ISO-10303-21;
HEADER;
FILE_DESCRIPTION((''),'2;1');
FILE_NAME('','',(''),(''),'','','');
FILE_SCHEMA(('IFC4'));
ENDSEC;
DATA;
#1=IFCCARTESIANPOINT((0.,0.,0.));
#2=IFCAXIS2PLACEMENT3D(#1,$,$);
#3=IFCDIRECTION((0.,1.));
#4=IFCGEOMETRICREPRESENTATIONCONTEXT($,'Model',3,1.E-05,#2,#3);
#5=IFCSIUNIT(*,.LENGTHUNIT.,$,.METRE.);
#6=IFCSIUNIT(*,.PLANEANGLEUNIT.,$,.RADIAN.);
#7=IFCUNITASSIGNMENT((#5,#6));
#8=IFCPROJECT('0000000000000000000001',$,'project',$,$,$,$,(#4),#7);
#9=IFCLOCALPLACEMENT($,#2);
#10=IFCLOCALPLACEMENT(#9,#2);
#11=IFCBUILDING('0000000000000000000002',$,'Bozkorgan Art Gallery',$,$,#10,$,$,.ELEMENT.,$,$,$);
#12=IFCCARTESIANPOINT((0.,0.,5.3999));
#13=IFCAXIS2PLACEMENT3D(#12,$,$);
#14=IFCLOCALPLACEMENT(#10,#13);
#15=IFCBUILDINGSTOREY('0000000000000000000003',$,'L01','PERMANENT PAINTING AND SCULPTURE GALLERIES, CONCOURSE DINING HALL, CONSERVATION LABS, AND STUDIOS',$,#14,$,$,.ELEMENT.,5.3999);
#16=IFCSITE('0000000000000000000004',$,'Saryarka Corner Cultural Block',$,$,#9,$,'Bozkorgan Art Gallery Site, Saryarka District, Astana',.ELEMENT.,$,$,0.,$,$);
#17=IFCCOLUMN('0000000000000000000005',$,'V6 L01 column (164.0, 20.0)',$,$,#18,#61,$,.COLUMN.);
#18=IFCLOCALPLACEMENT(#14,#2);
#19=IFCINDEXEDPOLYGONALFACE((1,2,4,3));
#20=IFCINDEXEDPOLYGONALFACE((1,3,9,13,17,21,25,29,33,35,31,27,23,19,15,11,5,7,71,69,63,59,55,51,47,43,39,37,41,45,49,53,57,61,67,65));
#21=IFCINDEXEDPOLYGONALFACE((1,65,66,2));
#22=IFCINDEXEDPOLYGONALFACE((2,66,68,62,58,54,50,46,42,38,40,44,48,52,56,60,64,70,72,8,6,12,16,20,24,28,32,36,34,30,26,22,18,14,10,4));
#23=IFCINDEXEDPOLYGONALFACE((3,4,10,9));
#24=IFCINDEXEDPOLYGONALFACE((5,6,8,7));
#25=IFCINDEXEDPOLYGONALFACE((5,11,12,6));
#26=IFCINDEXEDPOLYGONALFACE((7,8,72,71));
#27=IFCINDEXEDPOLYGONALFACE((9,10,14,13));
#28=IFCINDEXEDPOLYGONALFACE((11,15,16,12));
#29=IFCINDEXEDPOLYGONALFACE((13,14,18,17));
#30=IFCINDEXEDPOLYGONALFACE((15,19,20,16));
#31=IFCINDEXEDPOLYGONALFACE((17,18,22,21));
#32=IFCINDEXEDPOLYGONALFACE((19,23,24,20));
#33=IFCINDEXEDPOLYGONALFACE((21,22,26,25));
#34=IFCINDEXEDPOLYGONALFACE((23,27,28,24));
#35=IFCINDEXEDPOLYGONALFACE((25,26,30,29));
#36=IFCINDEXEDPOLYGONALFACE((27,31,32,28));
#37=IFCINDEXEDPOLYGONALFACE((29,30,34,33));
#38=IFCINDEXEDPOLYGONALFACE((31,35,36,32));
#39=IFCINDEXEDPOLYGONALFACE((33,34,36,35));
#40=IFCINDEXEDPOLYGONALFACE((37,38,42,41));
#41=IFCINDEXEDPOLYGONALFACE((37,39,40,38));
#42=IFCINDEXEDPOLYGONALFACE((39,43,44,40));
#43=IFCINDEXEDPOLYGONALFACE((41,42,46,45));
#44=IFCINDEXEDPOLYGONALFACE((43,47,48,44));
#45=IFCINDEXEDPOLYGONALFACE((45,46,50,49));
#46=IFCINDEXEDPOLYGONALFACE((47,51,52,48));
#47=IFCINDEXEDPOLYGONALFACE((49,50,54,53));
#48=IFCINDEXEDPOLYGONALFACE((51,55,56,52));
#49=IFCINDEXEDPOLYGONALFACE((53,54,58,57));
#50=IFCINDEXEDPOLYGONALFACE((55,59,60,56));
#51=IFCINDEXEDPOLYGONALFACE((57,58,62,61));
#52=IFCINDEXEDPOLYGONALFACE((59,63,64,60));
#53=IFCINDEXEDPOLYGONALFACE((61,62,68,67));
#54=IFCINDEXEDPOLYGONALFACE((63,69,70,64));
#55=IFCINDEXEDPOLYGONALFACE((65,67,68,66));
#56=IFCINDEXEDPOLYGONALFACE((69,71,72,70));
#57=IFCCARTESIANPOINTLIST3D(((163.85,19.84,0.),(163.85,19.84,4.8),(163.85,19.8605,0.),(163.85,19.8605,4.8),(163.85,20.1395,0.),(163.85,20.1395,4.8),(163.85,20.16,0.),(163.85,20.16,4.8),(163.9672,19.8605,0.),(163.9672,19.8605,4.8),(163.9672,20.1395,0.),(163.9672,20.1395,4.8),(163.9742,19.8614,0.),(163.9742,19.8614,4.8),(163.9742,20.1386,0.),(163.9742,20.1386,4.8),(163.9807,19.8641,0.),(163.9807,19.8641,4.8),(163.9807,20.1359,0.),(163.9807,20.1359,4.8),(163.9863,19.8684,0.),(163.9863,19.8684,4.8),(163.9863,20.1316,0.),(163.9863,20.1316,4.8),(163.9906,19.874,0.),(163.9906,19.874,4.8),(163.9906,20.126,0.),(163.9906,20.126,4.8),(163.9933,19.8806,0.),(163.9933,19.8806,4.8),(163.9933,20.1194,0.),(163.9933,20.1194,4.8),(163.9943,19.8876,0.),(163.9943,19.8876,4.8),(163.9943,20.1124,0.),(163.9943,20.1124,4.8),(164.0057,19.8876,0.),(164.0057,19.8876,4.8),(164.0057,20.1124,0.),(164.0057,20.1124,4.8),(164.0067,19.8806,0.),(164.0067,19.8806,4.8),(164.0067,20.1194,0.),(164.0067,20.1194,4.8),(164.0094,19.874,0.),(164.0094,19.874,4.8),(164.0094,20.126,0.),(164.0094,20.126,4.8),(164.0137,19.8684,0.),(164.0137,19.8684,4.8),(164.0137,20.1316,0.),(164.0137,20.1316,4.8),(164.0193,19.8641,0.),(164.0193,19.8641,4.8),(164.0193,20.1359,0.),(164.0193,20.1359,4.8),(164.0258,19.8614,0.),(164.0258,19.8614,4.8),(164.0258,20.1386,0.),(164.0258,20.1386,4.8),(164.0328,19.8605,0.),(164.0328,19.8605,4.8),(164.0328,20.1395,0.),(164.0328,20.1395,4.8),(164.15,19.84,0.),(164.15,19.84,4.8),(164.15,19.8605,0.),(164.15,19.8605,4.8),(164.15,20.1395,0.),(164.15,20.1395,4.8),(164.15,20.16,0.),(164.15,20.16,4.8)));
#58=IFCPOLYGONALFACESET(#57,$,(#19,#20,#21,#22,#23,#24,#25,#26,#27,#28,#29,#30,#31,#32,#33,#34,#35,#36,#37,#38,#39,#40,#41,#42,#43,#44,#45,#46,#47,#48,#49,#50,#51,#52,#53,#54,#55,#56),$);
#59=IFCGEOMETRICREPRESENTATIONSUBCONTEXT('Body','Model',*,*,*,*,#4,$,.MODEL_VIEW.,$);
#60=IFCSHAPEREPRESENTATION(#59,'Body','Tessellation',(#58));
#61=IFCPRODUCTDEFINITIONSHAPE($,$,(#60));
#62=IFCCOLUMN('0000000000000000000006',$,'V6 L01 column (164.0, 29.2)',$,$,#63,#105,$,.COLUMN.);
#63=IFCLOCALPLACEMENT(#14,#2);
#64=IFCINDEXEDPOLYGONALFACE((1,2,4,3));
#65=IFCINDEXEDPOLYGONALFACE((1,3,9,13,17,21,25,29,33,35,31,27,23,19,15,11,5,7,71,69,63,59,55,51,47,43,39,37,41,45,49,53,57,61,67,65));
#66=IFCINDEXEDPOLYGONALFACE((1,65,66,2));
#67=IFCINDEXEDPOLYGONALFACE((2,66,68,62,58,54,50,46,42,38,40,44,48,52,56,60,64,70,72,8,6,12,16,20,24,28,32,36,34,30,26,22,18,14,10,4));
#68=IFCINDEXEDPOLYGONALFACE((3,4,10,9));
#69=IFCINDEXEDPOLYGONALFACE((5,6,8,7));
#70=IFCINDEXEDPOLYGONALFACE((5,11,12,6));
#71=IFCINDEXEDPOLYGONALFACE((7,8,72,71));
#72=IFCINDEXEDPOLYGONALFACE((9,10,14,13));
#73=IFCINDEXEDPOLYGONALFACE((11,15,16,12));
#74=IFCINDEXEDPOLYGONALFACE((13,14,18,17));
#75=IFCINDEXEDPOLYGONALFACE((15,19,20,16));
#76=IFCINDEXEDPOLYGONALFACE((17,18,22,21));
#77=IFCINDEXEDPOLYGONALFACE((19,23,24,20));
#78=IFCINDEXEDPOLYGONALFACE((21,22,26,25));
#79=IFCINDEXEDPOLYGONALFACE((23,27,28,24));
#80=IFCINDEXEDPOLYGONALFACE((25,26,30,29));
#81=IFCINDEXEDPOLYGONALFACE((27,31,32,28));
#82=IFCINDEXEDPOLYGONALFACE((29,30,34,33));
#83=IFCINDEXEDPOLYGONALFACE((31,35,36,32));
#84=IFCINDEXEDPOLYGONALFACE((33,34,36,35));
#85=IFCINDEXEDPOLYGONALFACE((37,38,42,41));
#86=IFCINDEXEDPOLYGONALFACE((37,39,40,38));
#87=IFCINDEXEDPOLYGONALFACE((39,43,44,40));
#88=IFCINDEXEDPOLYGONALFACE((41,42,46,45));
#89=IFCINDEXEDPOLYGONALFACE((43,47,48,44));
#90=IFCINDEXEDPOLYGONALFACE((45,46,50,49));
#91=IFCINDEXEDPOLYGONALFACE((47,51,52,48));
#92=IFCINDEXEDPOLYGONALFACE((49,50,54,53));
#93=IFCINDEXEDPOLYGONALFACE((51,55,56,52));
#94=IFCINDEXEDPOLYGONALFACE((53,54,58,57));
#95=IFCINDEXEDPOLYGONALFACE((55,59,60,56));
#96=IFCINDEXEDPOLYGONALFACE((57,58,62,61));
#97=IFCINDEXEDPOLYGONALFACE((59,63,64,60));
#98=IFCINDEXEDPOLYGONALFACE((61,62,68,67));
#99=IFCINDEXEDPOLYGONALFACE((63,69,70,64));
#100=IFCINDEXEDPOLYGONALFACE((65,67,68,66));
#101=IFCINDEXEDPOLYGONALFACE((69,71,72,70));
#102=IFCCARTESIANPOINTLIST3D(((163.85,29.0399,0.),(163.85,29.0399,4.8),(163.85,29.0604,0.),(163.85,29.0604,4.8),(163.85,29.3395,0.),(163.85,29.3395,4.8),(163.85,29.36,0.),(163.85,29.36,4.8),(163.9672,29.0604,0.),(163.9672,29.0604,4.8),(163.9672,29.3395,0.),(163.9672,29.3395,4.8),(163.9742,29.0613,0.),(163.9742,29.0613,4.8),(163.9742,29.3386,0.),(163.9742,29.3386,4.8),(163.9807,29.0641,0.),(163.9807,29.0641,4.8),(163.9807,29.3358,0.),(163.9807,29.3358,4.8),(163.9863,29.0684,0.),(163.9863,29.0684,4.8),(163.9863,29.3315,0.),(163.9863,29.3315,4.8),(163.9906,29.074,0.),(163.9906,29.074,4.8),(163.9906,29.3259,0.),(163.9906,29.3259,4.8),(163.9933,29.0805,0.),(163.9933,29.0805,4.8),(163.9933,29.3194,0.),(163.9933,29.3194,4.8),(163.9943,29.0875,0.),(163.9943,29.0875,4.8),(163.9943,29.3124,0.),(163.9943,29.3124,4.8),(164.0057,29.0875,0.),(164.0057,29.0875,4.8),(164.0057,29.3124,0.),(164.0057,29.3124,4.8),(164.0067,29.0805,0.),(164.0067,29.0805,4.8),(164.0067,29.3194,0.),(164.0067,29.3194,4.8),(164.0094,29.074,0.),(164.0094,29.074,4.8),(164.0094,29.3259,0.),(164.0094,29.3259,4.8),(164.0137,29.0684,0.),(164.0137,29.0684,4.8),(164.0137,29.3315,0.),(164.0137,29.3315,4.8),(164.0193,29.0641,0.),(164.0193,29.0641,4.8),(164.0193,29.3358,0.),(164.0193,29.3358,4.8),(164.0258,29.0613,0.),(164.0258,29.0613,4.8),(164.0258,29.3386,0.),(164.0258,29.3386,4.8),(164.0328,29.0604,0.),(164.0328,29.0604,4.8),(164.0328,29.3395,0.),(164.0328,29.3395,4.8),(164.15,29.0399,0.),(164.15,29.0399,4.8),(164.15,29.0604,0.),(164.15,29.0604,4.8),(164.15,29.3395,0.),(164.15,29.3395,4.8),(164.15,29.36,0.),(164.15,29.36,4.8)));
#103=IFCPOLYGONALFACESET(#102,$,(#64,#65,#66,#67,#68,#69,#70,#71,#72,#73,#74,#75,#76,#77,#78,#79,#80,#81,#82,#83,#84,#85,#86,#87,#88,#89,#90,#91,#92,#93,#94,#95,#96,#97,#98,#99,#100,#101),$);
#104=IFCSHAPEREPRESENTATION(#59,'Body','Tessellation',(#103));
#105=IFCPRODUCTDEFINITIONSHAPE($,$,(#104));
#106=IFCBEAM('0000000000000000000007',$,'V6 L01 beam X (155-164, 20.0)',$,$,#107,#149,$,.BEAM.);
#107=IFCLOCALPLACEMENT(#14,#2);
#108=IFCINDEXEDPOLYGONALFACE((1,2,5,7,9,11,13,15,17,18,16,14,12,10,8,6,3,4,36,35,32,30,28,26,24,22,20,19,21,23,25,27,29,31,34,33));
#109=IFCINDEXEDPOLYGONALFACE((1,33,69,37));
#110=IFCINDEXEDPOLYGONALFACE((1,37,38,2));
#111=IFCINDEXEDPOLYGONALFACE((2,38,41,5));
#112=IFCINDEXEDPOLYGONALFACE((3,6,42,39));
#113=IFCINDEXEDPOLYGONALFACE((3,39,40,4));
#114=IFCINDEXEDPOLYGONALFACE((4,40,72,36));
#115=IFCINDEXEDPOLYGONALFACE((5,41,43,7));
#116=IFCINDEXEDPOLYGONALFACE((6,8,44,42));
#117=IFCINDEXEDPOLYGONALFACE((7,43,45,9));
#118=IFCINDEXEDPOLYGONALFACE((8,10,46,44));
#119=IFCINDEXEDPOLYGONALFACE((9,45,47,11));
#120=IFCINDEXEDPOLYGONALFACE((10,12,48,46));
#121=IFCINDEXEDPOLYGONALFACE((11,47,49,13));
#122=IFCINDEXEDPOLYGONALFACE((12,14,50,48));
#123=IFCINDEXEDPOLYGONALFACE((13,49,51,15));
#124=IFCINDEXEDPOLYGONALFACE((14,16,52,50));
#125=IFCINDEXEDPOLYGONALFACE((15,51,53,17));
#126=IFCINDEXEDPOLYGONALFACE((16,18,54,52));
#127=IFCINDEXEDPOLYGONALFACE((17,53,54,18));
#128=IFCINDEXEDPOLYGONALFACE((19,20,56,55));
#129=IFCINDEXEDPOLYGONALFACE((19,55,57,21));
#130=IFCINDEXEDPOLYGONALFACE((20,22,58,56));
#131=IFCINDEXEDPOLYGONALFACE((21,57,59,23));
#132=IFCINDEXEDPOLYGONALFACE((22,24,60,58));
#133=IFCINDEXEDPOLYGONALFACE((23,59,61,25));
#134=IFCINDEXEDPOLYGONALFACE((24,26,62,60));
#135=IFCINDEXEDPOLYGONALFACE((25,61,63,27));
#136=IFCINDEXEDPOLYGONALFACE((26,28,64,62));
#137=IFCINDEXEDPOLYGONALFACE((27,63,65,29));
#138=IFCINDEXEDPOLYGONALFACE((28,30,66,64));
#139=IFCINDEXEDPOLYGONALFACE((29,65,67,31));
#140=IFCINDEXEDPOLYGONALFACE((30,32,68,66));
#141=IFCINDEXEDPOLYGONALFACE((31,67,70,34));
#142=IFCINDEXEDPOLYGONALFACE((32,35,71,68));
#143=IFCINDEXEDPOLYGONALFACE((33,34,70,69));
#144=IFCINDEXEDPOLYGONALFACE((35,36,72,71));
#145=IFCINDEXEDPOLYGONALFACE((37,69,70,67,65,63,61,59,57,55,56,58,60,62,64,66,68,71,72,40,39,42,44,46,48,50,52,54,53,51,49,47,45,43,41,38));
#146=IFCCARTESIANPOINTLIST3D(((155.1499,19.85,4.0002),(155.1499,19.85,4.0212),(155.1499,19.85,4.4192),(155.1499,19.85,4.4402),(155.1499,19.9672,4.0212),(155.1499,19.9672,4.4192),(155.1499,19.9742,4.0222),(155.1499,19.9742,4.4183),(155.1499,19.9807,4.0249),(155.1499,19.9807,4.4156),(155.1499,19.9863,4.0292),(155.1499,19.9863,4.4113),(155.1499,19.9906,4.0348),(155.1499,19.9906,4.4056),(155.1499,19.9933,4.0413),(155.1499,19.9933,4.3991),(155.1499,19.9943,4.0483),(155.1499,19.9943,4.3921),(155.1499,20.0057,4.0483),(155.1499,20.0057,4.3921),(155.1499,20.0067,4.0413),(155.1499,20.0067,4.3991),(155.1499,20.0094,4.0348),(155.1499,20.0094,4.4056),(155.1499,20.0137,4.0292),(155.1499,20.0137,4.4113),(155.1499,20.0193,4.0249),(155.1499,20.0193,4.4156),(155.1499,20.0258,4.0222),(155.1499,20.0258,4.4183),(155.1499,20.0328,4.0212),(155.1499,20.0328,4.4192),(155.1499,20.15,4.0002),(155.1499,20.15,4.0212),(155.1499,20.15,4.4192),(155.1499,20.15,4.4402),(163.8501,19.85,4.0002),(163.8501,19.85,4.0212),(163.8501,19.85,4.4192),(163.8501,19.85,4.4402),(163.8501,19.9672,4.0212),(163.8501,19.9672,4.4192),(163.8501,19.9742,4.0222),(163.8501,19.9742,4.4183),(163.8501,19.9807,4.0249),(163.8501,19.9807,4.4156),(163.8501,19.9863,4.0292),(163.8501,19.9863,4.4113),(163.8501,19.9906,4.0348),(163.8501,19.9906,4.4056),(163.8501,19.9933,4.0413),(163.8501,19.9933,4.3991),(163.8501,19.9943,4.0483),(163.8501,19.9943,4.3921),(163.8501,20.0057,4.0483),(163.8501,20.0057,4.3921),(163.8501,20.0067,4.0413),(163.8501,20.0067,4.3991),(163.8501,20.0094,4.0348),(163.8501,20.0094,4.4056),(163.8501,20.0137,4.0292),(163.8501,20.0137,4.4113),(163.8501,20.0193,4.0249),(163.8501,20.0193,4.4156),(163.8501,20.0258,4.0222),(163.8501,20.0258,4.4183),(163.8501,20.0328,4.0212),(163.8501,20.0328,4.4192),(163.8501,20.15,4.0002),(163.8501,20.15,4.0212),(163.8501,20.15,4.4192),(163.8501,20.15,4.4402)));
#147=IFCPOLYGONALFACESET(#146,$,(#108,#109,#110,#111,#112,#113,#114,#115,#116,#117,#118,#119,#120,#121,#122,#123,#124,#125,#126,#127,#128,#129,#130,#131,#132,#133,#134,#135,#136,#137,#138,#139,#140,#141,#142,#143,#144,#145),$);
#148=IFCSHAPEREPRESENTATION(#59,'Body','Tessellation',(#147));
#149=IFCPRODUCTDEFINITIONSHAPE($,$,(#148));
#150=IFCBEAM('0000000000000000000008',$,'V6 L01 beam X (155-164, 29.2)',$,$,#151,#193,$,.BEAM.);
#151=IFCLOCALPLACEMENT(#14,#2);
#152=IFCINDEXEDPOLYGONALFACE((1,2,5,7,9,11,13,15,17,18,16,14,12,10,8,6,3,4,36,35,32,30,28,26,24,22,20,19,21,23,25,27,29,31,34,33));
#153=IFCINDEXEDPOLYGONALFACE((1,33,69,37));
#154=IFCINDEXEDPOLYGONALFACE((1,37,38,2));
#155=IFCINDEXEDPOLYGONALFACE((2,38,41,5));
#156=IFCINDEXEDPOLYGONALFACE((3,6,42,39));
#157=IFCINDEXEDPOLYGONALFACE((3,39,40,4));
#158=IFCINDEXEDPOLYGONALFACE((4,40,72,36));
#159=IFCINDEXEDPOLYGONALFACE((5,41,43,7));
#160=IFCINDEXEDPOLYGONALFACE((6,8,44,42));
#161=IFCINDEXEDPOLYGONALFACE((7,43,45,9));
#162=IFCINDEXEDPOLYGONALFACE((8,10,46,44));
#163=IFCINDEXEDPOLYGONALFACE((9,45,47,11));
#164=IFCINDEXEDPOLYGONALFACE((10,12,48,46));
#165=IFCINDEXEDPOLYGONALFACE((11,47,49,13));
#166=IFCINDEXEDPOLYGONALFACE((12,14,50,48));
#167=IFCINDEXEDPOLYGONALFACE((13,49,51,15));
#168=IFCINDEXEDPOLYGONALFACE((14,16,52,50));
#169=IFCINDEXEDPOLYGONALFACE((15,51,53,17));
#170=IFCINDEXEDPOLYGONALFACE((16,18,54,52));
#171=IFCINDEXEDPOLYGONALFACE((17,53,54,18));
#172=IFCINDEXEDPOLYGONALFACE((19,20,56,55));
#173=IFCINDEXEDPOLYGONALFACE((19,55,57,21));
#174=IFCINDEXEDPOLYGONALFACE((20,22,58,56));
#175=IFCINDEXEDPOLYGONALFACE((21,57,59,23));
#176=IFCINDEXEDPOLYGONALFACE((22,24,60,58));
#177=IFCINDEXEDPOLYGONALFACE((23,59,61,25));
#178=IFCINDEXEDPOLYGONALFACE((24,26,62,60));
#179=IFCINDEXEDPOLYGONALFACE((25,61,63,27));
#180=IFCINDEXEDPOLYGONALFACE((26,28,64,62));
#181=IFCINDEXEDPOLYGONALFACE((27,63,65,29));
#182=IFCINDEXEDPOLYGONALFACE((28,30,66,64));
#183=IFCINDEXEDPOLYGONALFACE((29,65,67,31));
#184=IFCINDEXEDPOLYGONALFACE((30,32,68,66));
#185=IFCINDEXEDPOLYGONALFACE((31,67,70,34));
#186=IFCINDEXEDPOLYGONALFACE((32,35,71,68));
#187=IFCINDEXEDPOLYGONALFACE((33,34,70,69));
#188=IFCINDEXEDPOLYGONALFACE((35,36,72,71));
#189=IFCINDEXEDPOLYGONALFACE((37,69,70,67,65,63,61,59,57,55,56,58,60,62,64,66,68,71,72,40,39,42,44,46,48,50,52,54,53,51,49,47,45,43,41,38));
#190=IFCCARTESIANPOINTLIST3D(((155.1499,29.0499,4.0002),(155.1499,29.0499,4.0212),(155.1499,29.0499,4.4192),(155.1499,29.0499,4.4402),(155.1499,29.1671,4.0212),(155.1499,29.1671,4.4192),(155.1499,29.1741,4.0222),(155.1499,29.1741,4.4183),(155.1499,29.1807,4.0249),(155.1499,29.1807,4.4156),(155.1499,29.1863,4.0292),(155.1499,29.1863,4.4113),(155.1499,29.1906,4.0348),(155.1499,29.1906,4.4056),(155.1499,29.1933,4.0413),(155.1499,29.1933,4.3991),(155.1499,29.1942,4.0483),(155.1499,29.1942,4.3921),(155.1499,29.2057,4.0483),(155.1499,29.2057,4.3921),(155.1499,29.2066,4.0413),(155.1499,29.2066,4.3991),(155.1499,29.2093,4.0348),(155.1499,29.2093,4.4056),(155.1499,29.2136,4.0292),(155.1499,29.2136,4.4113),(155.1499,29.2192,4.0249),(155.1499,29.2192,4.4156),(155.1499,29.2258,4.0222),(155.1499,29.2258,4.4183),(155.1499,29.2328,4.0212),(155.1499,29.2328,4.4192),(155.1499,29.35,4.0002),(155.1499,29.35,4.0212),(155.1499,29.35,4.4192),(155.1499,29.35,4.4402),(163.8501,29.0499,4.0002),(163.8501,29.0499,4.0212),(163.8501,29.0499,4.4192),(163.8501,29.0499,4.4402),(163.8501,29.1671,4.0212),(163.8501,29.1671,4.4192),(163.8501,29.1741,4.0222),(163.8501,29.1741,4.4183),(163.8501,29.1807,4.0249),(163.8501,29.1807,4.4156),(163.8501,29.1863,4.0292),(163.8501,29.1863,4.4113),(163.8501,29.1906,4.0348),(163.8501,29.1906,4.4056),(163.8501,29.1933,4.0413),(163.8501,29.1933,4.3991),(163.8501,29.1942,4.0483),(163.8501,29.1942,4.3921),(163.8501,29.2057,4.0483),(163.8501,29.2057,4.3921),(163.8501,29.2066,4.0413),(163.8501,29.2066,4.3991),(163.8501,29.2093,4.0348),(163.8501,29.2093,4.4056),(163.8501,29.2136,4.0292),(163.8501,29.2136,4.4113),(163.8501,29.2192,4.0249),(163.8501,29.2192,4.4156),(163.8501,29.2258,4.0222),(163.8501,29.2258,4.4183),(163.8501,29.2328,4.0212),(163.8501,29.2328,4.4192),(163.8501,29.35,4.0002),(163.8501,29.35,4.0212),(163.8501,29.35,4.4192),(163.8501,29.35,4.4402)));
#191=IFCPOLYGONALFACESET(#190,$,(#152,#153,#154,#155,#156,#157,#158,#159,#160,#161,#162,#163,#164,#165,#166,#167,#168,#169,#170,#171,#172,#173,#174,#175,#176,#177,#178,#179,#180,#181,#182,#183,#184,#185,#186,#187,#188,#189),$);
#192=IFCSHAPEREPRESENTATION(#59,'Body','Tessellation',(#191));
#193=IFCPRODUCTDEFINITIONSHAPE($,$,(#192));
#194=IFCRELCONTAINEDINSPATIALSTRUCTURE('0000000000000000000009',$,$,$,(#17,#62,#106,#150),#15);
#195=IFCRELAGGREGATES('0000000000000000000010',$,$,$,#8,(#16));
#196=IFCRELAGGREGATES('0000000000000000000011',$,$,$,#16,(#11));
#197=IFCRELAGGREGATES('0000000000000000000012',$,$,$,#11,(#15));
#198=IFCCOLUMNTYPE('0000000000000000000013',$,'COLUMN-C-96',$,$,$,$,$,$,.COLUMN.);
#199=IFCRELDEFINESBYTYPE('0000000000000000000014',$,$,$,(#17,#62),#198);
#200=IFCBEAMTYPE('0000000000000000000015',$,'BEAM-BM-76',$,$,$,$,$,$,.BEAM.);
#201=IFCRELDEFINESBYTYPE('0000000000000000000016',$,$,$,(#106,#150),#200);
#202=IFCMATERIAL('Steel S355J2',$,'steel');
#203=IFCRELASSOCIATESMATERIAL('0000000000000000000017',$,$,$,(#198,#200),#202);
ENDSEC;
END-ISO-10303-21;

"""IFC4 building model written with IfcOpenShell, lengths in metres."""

from ifc_helpers import new_model, si_unit, direction, frame, origin, origin_2d, place, context, subcontext, project, spatial, i_section, extrude, material, material_profile, profile_set, type_object, element, save


model = new_model("IFC4")

# Units and contexts
model_context = context("Model", 3, precision=1e-05, world=origin(), true_north=direction((0.0, 1.0)))
body_context = subcontext(model_context, "Body", "Model", "MODEL_VIEW")
ifc_project = project(units=[si_unit("LENGTHUNIT", "METRE"), si_unit("PLANEANGLEUNIT", "RADIAN")], contexts=[model_context])

# Site, building, storey
site_placement = place(None, origin())
site = spatial("IfcSite", under=ifc_project, at=site_placement, Name="Saryarka Corner Cultural Block", LongName="Bozkorgan Art Gallery Site, Saryarka District, Astana", CompositionType="ELEMENT", RefElevation=0.0)
building_placement = place(site_placement, origin())
building = spatial("IfcBuilding", under=site, at=building_placement, Name="Bozkorgan Art Gallery", CompositionType="ELEMENT")
storey_placement = place(building_placement, frame((0.0, 0.0, 5.3999)))
storey = spatial("IfcBuildingStorey", under=building, at=storey_placement, Name="L01", Description="PERMANENT PAINTING AND SCULPTURE GALLERIES, CONCOURSE DINING HALL, CONSERVATION LABS, AND STUDIOS", CompositionType="ELEMENT", Elevation=5.3999)

# Columns
ifc_material_1 = material(Name="Steel S355J2", Category="steel")
ifc_material_profile_1 = material_profile(ifc_material_1, i_section(OverallWidth=0.3, OverallDepth=0.3201, WebThickness=0.0115, FlangeThickness=0.0205, FilletRadius=0.0271, at=origin_2d()), Name="HEB 320")
ifc_profile_set_1 = profile_set([ifc_material_profile_1], Name="Steel S355J2")
column_type = type_object("IfcColumnType", Name="COLUMN-C-96", PredefinedType="COLUMN", material=ifc_profile_set_1)
for number, where, z_axis, x_axis, name in (
    (1, (164.0, 20.0, 0.0), (0.0, 0.0, 1.0), (1.0, 0.0, 0.0), "V6 L01 column (164.0, 20.0)"),
    (2, (164.0, 29.2, 0.0), (0.0, 0.0, 1.0), (1.0, 0.0, 0.0), "V6 L01 column (164.0, 29.2)"),
):
    element("IfcColumn", number, at=place(storey_placement, frame(where, z_axis=z_axis, x_axis=x_axis)), inside=storey, type_object=column_type, Name=name, PredefinedType="COLUMN", context=body_context, shape_type="SweptSolid", body=[
        extrude(i_section(OverallWidth=0.3, OverallDepth=0.3201, WebThickness=0.0115, FlangeThickness=0.0205, FilletRadius=0.0271, at=origin_2d()), origin(), (0.0, 0.0, 1.0), 4.8),
    ])

# Beams
ifc_material_profile_2 = material_profile(ifc_material_1, i_section(OverallWidth=0.3, OverallDepth=0.4399, WebThickness=0.0115, FlangeThickness=0.021, FilletRadius=0.0271, at=origin_2d()), Name="HEA 450")
ifc_profile_set_2 = profile_set([ifc_material_profile_2], Name="Steel S355J2")
beam_type_1 = type_object("IfcBeamType", Name="BEAM-BM-76", PredefinedType="BEAM", material=ifc_profile_set_2)
for number, where, z_axis, x_axis, name in (
    (3, (155.1499, 20.0, 4.2202), (1.0, 0.0, 0.0), (0.0, 1.0, 0.0), "V6 L01 beam X (155-164, 20.0)"),
    (4, (155.1499, 29.2, 4.2202), (1.0, 0.0, 0.0), (0.0, 1.0, 0.0), "V6 L01 beam X (155-164, 29.2)"),
):
    element("IfcBeam", number, at=place(storey_placement, frame(where, z_axis=z_axis, x_axis=x_axis)), inside=storey, type_object=beam_type_1, Name=name, PredefinedType="BEAM", context=body_context, shape_type="SweptSolid", body=[
        extrude(i_section(OverallWidth=0.3, OverallDepth=0.4399, WebThickness=0.0115, FlangeThickness=0.021, FilletRadius=0.0271, at=origin_2d()), origin(), (0.0, 0.0, 1.0), 8.7002),
    ])

save(model, "model.ifc")
